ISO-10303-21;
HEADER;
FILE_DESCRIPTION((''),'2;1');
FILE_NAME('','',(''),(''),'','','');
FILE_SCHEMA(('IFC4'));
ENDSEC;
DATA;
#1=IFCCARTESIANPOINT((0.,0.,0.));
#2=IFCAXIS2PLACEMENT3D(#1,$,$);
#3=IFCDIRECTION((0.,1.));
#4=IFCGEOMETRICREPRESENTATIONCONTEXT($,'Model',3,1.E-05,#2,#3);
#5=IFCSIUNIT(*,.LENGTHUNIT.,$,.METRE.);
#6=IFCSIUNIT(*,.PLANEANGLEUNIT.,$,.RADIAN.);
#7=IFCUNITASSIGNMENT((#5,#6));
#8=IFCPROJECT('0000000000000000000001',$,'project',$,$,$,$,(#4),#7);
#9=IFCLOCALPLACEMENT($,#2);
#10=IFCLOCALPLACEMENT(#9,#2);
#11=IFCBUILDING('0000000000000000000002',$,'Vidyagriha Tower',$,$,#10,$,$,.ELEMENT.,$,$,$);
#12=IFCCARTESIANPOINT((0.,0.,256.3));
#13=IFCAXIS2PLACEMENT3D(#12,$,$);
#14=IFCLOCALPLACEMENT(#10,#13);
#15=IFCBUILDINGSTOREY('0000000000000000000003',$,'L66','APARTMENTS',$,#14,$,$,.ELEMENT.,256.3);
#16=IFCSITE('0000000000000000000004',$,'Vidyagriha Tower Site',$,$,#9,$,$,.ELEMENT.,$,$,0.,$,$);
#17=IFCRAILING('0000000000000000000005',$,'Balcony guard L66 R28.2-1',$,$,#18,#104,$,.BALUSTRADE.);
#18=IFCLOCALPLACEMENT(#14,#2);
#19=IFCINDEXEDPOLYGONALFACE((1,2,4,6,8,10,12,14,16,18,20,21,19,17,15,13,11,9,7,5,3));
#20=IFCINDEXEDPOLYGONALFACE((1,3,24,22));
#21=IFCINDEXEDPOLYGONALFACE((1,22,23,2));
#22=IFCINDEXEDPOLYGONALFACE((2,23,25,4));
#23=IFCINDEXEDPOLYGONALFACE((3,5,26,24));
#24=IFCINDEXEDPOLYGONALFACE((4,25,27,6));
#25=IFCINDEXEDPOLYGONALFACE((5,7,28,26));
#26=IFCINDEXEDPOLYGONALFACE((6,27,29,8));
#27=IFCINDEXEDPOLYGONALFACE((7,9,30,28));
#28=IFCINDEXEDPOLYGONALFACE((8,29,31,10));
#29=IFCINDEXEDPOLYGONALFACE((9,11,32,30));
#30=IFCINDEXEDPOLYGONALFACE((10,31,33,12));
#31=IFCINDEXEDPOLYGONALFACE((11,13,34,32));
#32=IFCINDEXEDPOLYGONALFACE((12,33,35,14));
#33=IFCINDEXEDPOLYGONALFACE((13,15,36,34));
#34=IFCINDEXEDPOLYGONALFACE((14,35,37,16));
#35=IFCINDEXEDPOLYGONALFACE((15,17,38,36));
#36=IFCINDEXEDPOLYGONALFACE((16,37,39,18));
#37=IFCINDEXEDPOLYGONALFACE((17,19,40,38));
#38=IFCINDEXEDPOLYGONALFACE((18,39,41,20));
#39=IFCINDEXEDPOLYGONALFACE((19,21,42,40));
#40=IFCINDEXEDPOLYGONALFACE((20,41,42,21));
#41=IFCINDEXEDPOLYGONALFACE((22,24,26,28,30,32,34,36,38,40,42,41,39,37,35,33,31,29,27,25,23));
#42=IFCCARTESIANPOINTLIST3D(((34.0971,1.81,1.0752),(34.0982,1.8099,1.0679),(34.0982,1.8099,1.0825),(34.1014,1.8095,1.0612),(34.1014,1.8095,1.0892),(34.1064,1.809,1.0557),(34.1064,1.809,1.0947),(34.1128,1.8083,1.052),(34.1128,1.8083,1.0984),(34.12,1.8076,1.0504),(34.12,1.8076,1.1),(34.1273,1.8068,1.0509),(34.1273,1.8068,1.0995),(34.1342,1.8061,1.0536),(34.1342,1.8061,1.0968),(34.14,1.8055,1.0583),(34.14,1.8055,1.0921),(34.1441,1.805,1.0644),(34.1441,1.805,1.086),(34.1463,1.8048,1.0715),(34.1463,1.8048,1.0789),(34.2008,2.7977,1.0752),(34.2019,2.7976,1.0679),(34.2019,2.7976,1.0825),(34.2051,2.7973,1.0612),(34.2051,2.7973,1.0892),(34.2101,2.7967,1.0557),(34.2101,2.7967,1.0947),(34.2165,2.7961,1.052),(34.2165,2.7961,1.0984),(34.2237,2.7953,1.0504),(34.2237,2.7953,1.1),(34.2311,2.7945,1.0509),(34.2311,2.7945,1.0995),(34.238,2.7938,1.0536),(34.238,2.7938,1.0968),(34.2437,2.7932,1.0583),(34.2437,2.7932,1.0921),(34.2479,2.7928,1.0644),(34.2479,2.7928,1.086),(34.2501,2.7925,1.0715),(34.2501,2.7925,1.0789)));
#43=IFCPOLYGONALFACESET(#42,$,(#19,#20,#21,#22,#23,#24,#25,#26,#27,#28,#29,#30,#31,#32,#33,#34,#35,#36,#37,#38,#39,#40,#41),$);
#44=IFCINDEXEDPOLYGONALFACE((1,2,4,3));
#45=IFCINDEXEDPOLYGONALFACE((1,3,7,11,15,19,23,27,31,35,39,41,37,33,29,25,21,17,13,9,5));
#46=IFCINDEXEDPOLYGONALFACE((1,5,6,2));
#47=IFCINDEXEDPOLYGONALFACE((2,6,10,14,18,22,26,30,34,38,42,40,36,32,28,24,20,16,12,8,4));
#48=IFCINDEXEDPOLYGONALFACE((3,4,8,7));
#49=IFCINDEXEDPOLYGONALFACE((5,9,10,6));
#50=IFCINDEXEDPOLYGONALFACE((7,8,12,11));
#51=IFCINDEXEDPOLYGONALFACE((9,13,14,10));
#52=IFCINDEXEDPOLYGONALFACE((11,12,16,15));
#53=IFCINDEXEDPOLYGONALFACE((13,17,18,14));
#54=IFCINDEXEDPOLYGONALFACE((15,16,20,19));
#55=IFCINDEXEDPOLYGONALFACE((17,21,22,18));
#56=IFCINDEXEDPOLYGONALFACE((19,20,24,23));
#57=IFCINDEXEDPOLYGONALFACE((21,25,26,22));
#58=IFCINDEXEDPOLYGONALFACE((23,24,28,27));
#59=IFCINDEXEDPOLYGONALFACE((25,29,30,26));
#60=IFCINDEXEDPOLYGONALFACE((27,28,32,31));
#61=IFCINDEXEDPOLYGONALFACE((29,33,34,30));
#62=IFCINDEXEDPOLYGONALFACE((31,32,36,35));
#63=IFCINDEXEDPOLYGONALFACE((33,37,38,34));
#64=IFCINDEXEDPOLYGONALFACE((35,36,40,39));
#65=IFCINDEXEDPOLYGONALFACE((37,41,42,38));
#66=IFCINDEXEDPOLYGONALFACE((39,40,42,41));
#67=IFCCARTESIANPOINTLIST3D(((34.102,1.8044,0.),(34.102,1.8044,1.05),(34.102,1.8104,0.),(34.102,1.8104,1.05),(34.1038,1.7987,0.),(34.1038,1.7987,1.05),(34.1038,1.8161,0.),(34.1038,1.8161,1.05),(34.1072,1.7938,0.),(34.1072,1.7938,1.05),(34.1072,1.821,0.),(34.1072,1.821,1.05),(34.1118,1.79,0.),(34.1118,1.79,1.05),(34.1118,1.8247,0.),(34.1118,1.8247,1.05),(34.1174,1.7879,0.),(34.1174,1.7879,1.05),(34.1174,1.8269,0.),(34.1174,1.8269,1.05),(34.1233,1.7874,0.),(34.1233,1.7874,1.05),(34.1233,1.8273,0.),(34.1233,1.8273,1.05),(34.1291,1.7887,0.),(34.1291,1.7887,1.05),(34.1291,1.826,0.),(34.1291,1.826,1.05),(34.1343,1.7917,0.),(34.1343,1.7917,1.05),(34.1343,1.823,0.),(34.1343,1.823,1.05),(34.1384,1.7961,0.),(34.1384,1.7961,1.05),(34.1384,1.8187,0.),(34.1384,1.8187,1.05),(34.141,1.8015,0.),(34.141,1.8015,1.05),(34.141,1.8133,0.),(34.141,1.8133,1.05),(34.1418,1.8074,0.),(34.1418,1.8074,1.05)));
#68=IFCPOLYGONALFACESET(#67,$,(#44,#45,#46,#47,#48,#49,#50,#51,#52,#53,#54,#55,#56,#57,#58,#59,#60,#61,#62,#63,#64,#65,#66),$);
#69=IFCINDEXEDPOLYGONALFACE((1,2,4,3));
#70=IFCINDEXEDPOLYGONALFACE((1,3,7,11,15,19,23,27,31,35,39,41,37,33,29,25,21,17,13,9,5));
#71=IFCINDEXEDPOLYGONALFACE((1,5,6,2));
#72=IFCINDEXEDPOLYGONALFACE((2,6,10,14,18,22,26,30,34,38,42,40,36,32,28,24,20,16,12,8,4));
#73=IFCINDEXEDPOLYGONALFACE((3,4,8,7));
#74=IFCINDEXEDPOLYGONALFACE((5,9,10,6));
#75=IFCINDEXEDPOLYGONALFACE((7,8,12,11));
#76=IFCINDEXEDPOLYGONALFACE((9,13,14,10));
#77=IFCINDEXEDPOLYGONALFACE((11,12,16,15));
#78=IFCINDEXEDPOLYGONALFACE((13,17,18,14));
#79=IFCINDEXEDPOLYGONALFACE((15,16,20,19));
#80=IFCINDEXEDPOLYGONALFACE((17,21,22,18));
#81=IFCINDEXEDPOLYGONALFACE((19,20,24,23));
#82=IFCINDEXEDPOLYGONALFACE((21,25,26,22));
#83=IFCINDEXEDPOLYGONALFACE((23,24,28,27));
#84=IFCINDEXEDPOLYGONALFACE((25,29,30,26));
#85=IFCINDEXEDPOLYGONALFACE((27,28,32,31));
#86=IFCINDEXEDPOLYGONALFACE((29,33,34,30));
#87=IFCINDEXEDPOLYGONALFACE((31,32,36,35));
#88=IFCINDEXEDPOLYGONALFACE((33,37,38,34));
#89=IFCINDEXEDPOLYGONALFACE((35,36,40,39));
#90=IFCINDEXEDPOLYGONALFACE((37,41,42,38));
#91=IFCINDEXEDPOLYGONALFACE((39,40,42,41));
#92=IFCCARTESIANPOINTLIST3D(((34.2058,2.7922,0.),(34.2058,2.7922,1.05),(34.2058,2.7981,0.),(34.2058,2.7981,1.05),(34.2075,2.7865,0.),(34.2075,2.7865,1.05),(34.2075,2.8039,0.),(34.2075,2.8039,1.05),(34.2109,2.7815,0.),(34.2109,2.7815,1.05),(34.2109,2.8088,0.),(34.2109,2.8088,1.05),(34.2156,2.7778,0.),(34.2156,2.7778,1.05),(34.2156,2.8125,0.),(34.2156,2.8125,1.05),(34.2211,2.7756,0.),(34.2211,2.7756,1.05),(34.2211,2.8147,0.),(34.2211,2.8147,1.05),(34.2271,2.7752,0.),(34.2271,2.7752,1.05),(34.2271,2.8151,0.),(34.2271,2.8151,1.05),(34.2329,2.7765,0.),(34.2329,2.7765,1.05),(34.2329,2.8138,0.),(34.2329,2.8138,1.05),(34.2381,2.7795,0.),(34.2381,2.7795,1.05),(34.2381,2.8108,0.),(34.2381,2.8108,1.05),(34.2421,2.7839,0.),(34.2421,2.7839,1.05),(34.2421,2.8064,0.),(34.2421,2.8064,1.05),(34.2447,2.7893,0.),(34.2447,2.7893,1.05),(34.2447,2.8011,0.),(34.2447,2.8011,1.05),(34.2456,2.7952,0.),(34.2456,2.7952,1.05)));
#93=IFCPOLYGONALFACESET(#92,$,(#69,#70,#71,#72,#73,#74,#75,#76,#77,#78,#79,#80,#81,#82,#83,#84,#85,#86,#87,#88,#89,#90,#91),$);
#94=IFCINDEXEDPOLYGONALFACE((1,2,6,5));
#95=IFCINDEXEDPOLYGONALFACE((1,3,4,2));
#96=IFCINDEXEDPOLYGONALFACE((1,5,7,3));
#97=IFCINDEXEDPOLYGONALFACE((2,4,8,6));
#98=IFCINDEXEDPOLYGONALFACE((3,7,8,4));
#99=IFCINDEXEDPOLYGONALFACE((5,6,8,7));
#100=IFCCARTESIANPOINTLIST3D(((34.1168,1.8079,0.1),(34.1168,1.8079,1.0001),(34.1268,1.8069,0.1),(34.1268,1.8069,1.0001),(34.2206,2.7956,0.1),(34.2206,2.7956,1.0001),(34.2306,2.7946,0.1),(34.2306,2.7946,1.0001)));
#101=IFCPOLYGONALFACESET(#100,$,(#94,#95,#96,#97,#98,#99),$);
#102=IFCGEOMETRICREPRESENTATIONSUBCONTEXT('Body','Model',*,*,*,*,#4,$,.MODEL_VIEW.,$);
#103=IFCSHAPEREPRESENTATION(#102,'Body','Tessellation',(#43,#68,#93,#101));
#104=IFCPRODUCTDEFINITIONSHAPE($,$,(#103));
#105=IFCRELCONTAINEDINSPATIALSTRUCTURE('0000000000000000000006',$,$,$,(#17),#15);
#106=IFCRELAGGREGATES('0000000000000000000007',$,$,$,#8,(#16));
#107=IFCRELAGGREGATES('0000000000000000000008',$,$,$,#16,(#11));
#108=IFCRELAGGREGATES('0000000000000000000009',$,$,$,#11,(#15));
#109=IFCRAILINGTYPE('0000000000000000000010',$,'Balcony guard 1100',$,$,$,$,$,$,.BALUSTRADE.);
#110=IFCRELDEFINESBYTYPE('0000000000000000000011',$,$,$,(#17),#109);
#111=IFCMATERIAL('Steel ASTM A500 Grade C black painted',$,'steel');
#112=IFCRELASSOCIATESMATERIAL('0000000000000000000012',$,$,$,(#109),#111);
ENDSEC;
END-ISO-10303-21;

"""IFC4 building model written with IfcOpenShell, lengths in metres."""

from ifc_helpers import new_model, si_unit, direction, frame, origin, origin_2d, place, context, subcontext, project, spatial, rectangle, circle, extrude, material, type_object, element, save


model = new_model("IFC4")

# Units and contexts
model_context = context("Model", 3, precision=1e-05, world=origin(), true_north=direction((0.0, 1.0)))
body_context = subcontext(model_context, "Body", "Model", "MODEL_VIEW")
ifc_project = project(units=[si_unit("LENGTHUNIT", "METRE"), si_unit("PLANEANGLEUNIT", "RADIAN")], contexts=[model_context])

# Site, building, storey
site_placement = place(None, origin())
site = spatial("IfcSite", under=ifc_project, at=site_placement, Name="Vidyagriha Tower Site", CompositionType="ELEMENT", RefElevation=0.0)
building_placement = place(site_placement, origin())
building = spatial("IfcBuilding", under=site, at=building_placement, Name="Vidyagriha Tower", CompositionType="ELEMENT")
storey_placement = place(building_placement, frame((0.0, 0.0, 256.3)))
storey = spatial("IfcBuildingStorey", under=building, at=storey_placement, Name="L66", Description="APARTMENTS", CompositionType="ELEMENT", Elevation=256.3)

# Railing
ifc_material_1 = material(Name="Steel ASTM A500 Grade C black painted", Category="steel")
railing_type_1 = type_object("IfcRailingType", Name="Balcony guard 1100", PredefinedType="BALUSTRADE", material=ifc_material_1)
railing_1_placement = place(storey_placement, frame((34.1218, 1.8074, 0.0)))
element("IfcRailing", 1, at=railing_1_placement, inside=storey, type_object=railing_type_1, Name="Balcony guard L66 R28.2-1", PredefinedType="BALUSTRADE", context=body_context, shape_type="SweptSolid", body=[
    extrude(circle(Radius=0.0249, at=origin_2d()), frame((0.0, 0.0, 1.0752), z_axis=(0.104467, 0.994528, 0.0), x_axis=(-0.994528, 0.104467, 0.0)), (0.0, 0.0, 1.0), 0.9932),
    extrude(circle(Radius=0.02, at=origin_2d()), origin(), (0.0, 0.0, 1.0), 1.05),
    extrude(circle(Radius=0.02, at=origin_2d()), frame((0.1038, 0.9878, 0.0)), (0.0, 0.0, 1.0), 1.05),
    extrude(rectangle(XDim=0.01, YDim=0.9001, at=origin_2d()), frame((0.0, 0.0, 0.55), z_axis=(0.104467, 0.994528, 0.0), x_axis=(-0.994528, 0.104467, 0.0)), (0.0, 0.0, 1.0), 0.9932),
])

save(model, "model.ifc")
